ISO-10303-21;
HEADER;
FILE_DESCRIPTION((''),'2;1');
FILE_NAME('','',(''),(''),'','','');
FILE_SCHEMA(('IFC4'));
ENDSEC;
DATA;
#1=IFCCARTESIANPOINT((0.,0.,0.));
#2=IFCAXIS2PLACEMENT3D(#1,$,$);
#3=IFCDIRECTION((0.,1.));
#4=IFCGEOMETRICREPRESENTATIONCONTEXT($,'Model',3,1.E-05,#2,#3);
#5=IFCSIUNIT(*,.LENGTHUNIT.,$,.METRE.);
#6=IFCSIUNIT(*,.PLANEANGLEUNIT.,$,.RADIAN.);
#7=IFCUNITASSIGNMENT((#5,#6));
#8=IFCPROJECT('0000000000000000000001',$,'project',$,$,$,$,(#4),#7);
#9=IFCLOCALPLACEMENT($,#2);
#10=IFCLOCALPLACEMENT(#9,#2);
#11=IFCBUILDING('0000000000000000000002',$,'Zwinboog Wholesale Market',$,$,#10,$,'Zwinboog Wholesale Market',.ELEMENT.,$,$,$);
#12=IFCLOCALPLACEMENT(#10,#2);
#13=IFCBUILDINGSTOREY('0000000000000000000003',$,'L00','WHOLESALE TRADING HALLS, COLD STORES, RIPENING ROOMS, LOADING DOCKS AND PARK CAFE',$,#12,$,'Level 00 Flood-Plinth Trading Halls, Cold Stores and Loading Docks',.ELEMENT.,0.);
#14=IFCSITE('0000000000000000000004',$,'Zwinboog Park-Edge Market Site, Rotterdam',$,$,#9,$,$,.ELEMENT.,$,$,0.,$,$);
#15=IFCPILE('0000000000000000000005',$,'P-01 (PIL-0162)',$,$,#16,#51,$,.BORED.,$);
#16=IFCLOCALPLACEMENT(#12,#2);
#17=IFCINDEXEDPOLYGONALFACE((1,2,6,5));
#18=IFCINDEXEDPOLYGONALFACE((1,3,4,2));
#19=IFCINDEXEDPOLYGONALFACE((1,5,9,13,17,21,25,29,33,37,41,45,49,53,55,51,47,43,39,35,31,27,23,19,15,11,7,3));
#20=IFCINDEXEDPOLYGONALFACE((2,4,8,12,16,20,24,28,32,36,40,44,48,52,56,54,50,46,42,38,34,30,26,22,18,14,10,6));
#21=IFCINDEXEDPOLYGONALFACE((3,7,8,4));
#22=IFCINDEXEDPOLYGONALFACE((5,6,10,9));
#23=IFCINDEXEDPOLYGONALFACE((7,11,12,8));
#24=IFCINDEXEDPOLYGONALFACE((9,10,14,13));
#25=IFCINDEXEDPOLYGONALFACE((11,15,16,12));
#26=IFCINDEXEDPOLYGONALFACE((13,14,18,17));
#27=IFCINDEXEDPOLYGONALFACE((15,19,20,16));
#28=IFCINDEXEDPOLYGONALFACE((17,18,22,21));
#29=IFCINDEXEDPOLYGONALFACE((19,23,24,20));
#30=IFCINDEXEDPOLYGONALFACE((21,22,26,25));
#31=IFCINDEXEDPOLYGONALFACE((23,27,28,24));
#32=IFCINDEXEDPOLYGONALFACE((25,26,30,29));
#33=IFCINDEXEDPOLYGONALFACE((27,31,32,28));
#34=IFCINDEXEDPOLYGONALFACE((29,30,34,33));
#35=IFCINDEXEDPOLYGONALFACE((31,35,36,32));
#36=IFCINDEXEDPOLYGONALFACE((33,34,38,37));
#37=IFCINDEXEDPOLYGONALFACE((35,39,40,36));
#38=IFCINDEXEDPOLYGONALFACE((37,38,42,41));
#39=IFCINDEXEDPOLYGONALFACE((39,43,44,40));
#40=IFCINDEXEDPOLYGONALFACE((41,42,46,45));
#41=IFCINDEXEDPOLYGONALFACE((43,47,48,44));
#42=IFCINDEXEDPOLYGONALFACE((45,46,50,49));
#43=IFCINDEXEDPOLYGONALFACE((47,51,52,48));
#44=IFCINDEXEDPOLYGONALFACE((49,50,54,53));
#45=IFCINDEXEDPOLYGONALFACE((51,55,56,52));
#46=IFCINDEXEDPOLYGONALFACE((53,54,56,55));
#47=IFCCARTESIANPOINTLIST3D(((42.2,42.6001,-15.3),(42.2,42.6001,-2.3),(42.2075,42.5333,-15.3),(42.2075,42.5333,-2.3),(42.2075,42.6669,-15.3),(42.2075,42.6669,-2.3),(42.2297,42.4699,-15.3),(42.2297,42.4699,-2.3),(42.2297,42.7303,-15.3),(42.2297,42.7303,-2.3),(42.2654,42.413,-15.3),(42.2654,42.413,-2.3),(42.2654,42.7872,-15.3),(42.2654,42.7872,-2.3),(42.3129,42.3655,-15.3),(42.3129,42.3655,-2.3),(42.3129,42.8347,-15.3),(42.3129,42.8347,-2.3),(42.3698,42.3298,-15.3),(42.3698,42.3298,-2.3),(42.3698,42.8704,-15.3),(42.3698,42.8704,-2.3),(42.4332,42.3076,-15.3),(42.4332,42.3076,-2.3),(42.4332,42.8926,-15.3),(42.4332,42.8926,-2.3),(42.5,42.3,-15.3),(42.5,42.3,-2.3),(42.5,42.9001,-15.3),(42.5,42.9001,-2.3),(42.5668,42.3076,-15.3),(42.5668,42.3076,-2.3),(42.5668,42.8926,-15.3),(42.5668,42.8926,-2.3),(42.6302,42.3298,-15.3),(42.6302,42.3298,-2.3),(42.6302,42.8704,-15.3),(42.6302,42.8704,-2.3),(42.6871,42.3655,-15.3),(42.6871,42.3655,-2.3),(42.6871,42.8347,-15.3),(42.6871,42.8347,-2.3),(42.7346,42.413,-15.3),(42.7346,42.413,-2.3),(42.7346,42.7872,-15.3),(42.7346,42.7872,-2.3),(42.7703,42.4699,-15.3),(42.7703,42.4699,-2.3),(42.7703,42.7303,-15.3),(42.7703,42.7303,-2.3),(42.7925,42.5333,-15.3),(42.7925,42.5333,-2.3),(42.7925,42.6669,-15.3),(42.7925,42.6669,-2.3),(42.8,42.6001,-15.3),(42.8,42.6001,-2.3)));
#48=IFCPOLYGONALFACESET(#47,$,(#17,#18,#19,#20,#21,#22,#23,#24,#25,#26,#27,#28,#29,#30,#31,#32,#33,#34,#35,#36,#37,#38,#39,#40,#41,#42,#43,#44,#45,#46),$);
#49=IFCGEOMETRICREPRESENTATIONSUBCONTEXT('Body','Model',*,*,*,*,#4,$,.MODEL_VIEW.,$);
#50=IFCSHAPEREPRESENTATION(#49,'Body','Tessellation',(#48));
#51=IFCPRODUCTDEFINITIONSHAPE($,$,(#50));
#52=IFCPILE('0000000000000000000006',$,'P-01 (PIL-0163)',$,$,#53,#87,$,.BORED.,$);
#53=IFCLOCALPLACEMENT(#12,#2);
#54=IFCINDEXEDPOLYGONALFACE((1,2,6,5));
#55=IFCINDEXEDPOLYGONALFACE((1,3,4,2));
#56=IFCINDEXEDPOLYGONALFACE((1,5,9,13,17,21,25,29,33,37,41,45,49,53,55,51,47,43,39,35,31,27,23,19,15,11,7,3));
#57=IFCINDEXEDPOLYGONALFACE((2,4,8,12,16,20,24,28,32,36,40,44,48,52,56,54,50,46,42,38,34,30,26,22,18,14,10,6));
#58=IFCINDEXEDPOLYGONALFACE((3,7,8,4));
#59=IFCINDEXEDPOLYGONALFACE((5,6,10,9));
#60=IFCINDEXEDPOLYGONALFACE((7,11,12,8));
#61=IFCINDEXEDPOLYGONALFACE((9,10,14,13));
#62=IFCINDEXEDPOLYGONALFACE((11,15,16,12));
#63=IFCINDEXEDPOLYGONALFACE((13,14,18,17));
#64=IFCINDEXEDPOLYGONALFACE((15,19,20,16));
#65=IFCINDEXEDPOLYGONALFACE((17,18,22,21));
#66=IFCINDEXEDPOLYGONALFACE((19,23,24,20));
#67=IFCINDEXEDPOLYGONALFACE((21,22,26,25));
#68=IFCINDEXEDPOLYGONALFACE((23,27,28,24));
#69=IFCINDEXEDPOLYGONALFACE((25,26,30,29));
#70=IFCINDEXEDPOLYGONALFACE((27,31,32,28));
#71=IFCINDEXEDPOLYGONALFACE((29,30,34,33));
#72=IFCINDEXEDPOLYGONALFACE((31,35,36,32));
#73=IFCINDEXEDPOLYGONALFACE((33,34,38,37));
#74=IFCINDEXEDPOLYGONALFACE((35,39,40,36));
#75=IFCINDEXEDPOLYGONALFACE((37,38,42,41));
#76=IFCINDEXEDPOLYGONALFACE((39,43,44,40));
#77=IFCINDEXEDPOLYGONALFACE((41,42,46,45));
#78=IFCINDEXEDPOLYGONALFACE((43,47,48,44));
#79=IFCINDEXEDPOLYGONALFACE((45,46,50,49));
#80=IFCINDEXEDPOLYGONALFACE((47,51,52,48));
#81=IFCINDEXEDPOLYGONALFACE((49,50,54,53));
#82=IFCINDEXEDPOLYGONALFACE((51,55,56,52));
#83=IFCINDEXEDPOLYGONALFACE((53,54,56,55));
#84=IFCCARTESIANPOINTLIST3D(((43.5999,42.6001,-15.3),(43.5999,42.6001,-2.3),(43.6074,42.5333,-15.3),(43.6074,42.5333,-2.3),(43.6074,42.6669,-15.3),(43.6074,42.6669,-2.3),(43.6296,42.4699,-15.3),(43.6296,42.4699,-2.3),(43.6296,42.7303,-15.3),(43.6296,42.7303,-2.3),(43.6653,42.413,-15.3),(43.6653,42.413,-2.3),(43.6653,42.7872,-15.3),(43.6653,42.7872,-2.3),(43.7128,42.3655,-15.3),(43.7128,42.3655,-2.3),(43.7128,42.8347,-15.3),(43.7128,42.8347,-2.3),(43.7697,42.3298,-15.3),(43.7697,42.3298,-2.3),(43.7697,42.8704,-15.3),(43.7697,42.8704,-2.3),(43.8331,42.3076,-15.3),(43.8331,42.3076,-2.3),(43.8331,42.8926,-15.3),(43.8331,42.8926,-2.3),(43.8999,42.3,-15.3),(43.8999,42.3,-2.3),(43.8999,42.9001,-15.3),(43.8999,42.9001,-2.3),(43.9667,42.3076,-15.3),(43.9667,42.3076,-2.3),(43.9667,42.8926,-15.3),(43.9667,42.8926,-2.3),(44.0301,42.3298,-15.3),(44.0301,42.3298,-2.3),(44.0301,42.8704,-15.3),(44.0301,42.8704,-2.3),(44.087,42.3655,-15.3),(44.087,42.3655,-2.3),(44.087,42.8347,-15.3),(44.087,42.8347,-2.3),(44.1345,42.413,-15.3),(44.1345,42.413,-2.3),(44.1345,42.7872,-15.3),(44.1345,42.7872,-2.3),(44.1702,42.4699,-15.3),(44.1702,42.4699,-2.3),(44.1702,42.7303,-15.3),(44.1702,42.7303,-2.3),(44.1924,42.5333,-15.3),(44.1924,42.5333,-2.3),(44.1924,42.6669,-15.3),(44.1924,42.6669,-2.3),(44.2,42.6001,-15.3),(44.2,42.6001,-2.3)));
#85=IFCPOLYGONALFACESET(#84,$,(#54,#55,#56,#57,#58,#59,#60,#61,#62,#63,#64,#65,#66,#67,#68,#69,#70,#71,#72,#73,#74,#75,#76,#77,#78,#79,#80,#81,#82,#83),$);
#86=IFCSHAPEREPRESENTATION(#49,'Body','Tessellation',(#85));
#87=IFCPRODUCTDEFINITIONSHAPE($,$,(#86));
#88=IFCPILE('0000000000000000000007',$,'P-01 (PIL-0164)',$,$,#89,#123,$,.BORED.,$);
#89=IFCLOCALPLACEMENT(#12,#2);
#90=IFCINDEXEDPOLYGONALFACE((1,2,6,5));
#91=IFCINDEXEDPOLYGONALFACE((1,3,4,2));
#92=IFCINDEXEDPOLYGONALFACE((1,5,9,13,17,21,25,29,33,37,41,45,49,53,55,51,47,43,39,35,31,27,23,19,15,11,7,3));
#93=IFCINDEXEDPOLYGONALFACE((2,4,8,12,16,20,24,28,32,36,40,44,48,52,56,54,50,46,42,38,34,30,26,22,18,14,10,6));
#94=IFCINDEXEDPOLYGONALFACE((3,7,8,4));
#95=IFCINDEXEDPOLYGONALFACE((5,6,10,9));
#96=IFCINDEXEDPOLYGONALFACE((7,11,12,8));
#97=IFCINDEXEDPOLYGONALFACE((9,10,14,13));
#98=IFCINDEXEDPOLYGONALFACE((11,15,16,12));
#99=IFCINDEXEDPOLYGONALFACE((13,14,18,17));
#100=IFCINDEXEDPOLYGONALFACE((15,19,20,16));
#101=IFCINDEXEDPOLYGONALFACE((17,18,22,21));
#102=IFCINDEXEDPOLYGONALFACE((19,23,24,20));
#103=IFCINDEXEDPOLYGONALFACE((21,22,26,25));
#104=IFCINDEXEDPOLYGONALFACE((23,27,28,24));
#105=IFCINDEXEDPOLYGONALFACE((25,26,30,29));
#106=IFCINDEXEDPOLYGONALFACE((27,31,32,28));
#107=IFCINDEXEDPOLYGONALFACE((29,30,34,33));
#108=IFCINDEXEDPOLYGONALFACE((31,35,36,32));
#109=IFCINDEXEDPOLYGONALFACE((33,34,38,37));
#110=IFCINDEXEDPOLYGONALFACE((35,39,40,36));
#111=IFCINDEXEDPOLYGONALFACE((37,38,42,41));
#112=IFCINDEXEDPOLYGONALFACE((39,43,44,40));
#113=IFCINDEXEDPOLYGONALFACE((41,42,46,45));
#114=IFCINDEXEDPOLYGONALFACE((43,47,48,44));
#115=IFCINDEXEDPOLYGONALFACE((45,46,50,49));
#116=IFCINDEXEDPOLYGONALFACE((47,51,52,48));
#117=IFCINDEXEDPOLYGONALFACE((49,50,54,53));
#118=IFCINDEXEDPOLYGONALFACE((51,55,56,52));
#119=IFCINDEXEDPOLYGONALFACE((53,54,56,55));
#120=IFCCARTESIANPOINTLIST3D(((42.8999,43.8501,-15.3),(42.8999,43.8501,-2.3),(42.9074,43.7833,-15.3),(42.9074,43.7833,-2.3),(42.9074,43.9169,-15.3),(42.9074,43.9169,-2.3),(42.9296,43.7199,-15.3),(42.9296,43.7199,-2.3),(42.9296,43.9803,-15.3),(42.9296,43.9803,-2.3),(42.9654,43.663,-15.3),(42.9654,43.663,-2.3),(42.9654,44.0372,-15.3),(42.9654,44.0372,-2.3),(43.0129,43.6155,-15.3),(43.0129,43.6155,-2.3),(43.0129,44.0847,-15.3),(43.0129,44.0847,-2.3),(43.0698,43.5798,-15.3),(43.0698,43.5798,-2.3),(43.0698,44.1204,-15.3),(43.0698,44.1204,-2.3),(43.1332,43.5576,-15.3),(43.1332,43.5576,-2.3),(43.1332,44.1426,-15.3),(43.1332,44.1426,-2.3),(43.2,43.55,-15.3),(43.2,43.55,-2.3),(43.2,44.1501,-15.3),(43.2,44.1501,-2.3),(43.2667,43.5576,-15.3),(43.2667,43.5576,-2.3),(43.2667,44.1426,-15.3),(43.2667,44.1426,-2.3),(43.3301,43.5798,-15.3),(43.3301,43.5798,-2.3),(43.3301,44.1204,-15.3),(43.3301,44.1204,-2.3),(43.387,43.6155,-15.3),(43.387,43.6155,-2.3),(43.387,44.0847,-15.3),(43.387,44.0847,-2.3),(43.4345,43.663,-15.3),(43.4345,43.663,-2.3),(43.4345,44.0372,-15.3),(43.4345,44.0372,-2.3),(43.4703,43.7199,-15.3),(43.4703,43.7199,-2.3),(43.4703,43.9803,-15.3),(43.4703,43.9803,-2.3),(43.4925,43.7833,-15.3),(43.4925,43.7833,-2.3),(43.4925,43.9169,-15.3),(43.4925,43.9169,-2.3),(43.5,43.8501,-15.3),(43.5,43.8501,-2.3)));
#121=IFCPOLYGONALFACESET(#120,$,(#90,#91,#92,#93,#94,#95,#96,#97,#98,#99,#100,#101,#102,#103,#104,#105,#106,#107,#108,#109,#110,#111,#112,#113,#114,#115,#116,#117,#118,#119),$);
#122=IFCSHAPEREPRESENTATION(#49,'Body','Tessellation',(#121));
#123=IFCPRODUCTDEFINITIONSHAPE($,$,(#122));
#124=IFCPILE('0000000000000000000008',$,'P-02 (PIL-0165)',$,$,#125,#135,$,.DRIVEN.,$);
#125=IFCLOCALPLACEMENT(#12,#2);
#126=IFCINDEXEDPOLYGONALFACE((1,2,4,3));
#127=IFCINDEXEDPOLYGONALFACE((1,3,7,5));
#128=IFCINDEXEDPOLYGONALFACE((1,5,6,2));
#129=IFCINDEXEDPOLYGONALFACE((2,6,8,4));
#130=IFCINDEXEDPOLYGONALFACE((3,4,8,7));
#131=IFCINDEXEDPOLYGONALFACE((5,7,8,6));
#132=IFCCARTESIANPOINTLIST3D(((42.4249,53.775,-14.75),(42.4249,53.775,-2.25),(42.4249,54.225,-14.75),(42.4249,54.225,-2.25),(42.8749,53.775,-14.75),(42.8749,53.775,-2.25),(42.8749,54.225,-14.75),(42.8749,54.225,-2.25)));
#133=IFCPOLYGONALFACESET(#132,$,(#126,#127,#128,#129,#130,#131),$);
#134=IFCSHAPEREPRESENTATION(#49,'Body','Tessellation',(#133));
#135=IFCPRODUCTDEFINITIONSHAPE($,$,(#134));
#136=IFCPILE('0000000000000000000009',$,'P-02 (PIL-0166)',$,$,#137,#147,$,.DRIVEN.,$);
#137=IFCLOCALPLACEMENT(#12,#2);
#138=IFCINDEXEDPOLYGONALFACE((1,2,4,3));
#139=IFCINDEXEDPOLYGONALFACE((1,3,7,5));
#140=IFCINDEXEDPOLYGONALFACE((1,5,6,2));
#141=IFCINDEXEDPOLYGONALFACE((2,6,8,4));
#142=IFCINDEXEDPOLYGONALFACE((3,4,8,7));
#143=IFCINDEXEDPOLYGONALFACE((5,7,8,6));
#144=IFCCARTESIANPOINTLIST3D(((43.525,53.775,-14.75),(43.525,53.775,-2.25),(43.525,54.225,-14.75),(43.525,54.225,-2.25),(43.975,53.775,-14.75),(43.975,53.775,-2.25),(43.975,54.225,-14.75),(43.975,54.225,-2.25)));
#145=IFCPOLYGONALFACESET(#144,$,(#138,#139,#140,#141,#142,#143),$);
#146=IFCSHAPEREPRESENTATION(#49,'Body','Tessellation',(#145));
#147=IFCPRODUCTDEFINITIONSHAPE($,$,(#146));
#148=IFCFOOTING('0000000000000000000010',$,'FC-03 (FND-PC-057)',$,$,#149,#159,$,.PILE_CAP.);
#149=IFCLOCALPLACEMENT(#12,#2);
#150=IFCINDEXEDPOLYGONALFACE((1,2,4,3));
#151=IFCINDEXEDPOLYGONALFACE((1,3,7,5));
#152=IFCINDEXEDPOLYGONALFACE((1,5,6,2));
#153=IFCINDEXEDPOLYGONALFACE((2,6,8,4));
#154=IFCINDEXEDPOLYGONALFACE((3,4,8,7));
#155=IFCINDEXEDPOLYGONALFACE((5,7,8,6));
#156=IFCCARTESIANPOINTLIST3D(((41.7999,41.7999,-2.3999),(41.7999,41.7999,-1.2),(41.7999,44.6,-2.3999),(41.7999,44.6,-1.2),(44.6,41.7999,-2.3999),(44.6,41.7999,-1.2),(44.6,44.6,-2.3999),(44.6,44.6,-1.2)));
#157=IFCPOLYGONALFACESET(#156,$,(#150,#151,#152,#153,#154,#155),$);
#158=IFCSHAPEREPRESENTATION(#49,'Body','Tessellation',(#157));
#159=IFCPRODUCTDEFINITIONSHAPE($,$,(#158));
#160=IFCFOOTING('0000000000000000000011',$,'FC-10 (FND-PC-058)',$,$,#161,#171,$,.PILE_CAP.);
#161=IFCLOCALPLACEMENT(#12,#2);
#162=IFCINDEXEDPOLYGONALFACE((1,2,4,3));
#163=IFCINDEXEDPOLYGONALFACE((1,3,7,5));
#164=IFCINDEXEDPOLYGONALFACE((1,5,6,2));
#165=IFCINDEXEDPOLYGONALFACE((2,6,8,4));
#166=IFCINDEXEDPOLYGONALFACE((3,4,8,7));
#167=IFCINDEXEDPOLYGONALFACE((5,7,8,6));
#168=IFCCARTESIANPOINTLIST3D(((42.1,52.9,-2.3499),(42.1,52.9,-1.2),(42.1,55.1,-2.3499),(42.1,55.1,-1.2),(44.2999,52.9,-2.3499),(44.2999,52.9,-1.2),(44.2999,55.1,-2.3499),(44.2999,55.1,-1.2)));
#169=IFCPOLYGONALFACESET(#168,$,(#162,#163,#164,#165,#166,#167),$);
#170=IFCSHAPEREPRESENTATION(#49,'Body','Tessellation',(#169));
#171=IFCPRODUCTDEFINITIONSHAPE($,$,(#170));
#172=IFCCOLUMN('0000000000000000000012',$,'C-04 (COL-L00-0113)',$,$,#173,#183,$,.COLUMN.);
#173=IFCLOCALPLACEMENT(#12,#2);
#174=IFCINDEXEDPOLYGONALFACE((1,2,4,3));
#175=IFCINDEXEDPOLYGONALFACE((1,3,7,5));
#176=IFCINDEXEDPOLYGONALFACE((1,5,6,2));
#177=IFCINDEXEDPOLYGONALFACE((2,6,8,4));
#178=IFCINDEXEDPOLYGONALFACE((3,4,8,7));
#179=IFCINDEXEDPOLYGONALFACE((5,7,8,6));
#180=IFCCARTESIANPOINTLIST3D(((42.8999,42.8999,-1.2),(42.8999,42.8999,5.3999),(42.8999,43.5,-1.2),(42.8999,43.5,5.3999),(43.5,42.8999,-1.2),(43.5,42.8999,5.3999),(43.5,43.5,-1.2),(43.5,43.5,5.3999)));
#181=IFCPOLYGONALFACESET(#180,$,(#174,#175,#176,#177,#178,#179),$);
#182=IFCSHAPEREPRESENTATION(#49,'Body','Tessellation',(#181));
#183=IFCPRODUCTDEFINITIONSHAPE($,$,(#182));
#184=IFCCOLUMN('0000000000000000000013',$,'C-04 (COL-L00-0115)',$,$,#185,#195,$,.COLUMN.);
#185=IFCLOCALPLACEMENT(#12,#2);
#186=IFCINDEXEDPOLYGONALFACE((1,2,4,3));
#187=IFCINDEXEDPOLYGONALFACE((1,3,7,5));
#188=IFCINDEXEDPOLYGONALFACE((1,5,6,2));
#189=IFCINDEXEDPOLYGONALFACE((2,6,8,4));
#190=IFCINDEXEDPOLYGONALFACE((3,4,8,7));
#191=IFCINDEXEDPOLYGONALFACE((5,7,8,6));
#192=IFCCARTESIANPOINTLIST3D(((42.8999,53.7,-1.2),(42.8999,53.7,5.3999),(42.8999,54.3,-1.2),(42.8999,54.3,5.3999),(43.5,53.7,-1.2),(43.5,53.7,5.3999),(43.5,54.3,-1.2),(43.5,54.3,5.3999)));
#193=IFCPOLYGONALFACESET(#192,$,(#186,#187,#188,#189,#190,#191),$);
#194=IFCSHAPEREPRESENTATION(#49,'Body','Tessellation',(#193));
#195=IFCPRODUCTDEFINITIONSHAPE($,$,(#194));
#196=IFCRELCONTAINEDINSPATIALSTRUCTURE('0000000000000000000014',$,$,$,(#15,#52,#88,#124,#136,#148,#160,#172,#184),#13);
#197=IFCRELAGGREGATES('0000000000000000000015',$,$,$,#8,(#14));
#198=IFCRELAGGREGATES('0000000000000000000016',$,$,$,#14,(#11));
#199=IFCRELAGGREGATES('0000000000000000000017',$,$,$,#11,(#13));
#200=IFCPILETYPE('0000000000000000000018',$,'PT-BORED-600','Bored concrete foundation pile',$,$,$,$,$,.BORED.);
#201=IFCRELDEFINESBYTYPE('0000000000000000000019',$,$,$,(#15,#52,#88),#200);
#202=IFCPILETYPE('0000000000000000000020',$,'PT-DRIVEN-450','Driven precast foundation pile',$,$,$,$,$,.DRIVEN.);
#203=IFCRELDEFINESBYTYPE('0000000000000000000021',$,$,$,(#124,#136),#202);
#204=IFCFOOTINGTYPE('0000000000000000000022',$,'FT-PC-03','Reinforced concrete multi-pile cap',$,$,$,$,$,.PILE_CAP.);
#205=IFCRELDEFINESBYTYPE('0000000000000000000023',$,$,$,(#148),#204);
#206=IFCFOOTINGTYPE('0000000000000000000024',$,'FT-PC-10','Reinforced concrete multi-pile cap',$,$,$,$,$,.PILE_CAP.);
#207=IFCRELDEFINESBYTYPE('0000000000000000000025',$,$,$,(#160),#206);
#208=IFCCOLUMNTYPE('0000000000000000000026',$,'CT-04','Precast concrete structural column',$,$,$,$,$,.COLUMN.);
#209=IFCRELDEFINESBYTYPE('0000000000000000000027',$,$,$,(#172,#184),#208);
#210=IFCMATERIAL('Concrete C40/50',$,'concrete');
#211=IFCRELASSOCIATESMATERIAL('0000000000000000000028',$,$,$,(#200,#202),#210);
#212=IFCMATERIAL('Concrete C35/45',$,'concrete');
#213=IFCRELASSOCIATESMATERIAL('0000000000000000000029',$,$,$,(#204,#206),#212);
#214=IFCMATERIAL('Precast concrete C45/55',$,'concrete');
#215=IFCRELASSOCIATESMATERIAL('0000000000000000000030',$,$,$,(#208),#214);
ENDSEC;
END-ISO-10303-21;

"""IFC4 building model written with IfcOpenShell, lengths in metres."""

from ifc_helpers import new_model, si_unit, direction, frame, origin, origin_2d, place, context, subcontext, project, spatial, rectangle, circle, extrude, material, material_profile, profile_set, type_object, element, save


model = new_model("IFC4")

# Units and contexts
model_context = context("Model", 3, precision=1e-05, world=origin(), true_north=direction((0.0, 1.0)))
body_context = subcontext(model_context, "Body", "Model", "MODEL_VIEW")
ifc_project = project(units=[si_unit("LENGTHUNIT", "METRE"), si_unit("PLANEANGLEUNIT", "RADIAN")], contexts=[model_context])

# Site, building, storey
site_placement = place(None, origin())
site = spatial("IfcSite", under=ifc_project, at=site_placement, Name="Zwinboog Park-Edge Market Site, Rotterdam", CompositionType="ELEMENT", RefElevation=0.0)
building_placement = place(site_placement, origin())
building = spatial("IfcBuilding", under=site, at=building_placement, Name="Zwinboog Wholesale Market", LongName="Zwinboog Wholesale Market", CompositionType="ELEMENT")
storey_placement = place(building_placement, origin())
storey = spatial("IfcBuildingStorey", under=building, at=storey_placement, Name="L00", Description="WHOLESALE TRADING HALLS, COLD STORES, RIPENING ROOMS, LOADING DOCKS AND PARK CAFE", LongName="Level 00 Flood-Plinth Trading Halls, Cold Stores and Loading Docks", CompositionType="ELEMENT", Elevation=0.0)

# Piles
ifc_material_1 = material(Name="Concrete C40/50", Category="concrete")
ifc_material_profile_1 = material_profile(ifc_material_1, circle(Radius=0.3, at=origin_2d()), Name="PILE D600")
ifc_profile_set_1 = profile_set([ifc_material_profile_1], Name="Concrete C40/50")
pile_type_1 = type_object("IfcPileType", Name="PT-BORED-600", Description="Bored concrete foundation pile", PredefinedType="BORED", material=ifc_profile_set_1)
for number, where, z_axis, x_axis, name in (
    (1, (42.5, 42.6001, -2.3), (0.0, 0.0, -1.0), (1.0, 0.0, 0.0), "P-01 (PIL-0162)"),
    (2, (43.8999, 42.6001, -2.3), (0.0, 0.0, -1.0), (1.0, 0.0, 0.0), "P-01 (PIL-0163)"),
    (3, (43.2, 43.8501, -2.3), (0.0, 0.0, -1.0), (1.0, 0.0, 0.0), "P-01 (PIL-0164)"),
):
    element("IfcPile", number, at=place(storey_placement, frame(where, z_axis=z_axis, x_axis=x_axis)), inside=storey, type_object=pile_type_1, Name=name, PredefinedType="BORED", context=body_context, shape_type="SweptSolid", body=[
        extrude(circle(Radius=0.3, at=origin_2d()), origin(), (0.0, 0.0, 1.0), 13.0),
    ])
ifc_material_profile_2 = material_profile(ifc_material_1, rectangle(XDim=0.45, YDim=0.45, at=origin_2d()), Name="PILE SQ450")
ifc_profile_set_2 = profile_set([ifc_material_profile_2], Name="Concrete C40/50")
pile_type_2 = type_object("IfcPileType", Name="PT-DRIVEN-450", Description="Driven precast foundation pile", PredefinedType="DRIVEN", material=ifc_profile_set_2)
for number, where, z_axis, x_axis, name in (
    (4, (42.6499, 54.0, -2.25), (0.0, 0.0, -1.0), (1.0, 0.0, 0.0), "P-02 (PIL-0165)"),
    (5, (43.75, 54.0, -2.25), (0.0, 0.0, -1.0), (1.0, 0.0, 0.0), "P-02 (PIL-0166)"),
):
    element("IfcPile", number, at=place(storey_placement, frame(where, z_axis=z_axis, x_axis=x_axis)), inside=storey, type_object=pile_type_2, Name=name, PredefinedType="DRIVEN", context=body_context, shape_type="SweptSolid", body=[
        extrude(rectangle(XDim=0.45, YDim=0.45, at=origin_2d()), origin(), (0.0, 0.0, 1.0), 12.5),
    ])

# Footings
ifc_material_2 = material(Name="Concrete C35/45", Category="concrete")
footing_type_1 = type_object("IfcFootingType", Name="FT-PC-03", Description="Reinforced concrete multi-pile cap", PredefinedType="PILE_CAP", material=ifc_material_2)
footing_1_placement = place(storey_placement, frame((43.2, 43.2, -2.3999), z_axis=(0.0, 0.0, 1.0), x_axis=(1.0, 0.0, 0.0)))
element("IfcFooting", 6, at=footing_1_placement, inside=storey, type_object=footing_type_1, Name="FC-03 (FND-PC-057)", PredefinedType="PILE_CAP", context=body_context, shape_type="SweptSolid", body=[
    extrude(rectangle(XDim=2.8, YDim=2.8, at=origin_2d()), origin(), (0.0, 0.0, 1.0), 1.2),
])
footing_type_2 = type_object("IfcFootingType", Name="FT-PC-10", Description="Reinforced concrete multi-pile cap", PredefinedType="PILE_CAP", material=ifc_material_2)
footing_2_placement = place(storey_placement, frame((43.2, 54.0, -2.3499), z_axis=(0.0, 0.0, 1.0), x_axis=(1.0, 0.0, 0.0)))
element("IfcFooting", 7, at=footing_2_placement, inside=storey, type_object=footing_type_2, Name="FC-10 (FND-PC-058)", PredefinedType="PILE_CAP", context=body_context, shape_type="SweptSolid", body=[
    extrude(rectangle(XDim=2.2, YDim=2.2, at=origin_2d()), origin(), (0.0, 0.0, 1.0), 1.1499),
])

# Columns
ifc_material_3 = material(Name="Precast concrete C45/55", Category="concrete")
ifc_material_profile_3 = material_profile(ifc_material_3, rectangle(XDim=0.6001, YDim=0.6001, at=origin_2d()), Name="PC 600x600")
ifc_profile_set_3 = profile_set([ifc_material_profile_3], Name="Precast concrete C45/55")
column_type = type_object("IfcColumnType", Name="CT-04", Description="Precast concrete structural column", PredefinedType="COLUMN", material=ifc_profile_set_3)
for number, where, z_axis, x_axis, name in (
    (8, (43.2, 43.2, -1.2), (0.0, 0.0, 1.0), (1.0, 0.0, 0.0), "C-04 (COL-L00-0113)"),
    (9, (43.2, 54.0, -1.2), (0.0, 0.0, 1.0), (1.0, 0.0, 0.0), "C-04 (COL-L00-0115)"),
):
    element("IfcColumn", number, at=place(storey_placement, frame(where, z_axis=z_axis, x_axis=x_axis)), inside=storey, type_object=column_type, Name=name, PredefinedType="COLUMN", context=body_context, shape_type="SweptSolid", body=[
        extrude(rectangle(XDim=0.6001, YDim=0.6001, at=origin_2d()), origin(), (0.0, 0.0, 1.0), 6.5999),
    ])

save(model, "model.ifc")
